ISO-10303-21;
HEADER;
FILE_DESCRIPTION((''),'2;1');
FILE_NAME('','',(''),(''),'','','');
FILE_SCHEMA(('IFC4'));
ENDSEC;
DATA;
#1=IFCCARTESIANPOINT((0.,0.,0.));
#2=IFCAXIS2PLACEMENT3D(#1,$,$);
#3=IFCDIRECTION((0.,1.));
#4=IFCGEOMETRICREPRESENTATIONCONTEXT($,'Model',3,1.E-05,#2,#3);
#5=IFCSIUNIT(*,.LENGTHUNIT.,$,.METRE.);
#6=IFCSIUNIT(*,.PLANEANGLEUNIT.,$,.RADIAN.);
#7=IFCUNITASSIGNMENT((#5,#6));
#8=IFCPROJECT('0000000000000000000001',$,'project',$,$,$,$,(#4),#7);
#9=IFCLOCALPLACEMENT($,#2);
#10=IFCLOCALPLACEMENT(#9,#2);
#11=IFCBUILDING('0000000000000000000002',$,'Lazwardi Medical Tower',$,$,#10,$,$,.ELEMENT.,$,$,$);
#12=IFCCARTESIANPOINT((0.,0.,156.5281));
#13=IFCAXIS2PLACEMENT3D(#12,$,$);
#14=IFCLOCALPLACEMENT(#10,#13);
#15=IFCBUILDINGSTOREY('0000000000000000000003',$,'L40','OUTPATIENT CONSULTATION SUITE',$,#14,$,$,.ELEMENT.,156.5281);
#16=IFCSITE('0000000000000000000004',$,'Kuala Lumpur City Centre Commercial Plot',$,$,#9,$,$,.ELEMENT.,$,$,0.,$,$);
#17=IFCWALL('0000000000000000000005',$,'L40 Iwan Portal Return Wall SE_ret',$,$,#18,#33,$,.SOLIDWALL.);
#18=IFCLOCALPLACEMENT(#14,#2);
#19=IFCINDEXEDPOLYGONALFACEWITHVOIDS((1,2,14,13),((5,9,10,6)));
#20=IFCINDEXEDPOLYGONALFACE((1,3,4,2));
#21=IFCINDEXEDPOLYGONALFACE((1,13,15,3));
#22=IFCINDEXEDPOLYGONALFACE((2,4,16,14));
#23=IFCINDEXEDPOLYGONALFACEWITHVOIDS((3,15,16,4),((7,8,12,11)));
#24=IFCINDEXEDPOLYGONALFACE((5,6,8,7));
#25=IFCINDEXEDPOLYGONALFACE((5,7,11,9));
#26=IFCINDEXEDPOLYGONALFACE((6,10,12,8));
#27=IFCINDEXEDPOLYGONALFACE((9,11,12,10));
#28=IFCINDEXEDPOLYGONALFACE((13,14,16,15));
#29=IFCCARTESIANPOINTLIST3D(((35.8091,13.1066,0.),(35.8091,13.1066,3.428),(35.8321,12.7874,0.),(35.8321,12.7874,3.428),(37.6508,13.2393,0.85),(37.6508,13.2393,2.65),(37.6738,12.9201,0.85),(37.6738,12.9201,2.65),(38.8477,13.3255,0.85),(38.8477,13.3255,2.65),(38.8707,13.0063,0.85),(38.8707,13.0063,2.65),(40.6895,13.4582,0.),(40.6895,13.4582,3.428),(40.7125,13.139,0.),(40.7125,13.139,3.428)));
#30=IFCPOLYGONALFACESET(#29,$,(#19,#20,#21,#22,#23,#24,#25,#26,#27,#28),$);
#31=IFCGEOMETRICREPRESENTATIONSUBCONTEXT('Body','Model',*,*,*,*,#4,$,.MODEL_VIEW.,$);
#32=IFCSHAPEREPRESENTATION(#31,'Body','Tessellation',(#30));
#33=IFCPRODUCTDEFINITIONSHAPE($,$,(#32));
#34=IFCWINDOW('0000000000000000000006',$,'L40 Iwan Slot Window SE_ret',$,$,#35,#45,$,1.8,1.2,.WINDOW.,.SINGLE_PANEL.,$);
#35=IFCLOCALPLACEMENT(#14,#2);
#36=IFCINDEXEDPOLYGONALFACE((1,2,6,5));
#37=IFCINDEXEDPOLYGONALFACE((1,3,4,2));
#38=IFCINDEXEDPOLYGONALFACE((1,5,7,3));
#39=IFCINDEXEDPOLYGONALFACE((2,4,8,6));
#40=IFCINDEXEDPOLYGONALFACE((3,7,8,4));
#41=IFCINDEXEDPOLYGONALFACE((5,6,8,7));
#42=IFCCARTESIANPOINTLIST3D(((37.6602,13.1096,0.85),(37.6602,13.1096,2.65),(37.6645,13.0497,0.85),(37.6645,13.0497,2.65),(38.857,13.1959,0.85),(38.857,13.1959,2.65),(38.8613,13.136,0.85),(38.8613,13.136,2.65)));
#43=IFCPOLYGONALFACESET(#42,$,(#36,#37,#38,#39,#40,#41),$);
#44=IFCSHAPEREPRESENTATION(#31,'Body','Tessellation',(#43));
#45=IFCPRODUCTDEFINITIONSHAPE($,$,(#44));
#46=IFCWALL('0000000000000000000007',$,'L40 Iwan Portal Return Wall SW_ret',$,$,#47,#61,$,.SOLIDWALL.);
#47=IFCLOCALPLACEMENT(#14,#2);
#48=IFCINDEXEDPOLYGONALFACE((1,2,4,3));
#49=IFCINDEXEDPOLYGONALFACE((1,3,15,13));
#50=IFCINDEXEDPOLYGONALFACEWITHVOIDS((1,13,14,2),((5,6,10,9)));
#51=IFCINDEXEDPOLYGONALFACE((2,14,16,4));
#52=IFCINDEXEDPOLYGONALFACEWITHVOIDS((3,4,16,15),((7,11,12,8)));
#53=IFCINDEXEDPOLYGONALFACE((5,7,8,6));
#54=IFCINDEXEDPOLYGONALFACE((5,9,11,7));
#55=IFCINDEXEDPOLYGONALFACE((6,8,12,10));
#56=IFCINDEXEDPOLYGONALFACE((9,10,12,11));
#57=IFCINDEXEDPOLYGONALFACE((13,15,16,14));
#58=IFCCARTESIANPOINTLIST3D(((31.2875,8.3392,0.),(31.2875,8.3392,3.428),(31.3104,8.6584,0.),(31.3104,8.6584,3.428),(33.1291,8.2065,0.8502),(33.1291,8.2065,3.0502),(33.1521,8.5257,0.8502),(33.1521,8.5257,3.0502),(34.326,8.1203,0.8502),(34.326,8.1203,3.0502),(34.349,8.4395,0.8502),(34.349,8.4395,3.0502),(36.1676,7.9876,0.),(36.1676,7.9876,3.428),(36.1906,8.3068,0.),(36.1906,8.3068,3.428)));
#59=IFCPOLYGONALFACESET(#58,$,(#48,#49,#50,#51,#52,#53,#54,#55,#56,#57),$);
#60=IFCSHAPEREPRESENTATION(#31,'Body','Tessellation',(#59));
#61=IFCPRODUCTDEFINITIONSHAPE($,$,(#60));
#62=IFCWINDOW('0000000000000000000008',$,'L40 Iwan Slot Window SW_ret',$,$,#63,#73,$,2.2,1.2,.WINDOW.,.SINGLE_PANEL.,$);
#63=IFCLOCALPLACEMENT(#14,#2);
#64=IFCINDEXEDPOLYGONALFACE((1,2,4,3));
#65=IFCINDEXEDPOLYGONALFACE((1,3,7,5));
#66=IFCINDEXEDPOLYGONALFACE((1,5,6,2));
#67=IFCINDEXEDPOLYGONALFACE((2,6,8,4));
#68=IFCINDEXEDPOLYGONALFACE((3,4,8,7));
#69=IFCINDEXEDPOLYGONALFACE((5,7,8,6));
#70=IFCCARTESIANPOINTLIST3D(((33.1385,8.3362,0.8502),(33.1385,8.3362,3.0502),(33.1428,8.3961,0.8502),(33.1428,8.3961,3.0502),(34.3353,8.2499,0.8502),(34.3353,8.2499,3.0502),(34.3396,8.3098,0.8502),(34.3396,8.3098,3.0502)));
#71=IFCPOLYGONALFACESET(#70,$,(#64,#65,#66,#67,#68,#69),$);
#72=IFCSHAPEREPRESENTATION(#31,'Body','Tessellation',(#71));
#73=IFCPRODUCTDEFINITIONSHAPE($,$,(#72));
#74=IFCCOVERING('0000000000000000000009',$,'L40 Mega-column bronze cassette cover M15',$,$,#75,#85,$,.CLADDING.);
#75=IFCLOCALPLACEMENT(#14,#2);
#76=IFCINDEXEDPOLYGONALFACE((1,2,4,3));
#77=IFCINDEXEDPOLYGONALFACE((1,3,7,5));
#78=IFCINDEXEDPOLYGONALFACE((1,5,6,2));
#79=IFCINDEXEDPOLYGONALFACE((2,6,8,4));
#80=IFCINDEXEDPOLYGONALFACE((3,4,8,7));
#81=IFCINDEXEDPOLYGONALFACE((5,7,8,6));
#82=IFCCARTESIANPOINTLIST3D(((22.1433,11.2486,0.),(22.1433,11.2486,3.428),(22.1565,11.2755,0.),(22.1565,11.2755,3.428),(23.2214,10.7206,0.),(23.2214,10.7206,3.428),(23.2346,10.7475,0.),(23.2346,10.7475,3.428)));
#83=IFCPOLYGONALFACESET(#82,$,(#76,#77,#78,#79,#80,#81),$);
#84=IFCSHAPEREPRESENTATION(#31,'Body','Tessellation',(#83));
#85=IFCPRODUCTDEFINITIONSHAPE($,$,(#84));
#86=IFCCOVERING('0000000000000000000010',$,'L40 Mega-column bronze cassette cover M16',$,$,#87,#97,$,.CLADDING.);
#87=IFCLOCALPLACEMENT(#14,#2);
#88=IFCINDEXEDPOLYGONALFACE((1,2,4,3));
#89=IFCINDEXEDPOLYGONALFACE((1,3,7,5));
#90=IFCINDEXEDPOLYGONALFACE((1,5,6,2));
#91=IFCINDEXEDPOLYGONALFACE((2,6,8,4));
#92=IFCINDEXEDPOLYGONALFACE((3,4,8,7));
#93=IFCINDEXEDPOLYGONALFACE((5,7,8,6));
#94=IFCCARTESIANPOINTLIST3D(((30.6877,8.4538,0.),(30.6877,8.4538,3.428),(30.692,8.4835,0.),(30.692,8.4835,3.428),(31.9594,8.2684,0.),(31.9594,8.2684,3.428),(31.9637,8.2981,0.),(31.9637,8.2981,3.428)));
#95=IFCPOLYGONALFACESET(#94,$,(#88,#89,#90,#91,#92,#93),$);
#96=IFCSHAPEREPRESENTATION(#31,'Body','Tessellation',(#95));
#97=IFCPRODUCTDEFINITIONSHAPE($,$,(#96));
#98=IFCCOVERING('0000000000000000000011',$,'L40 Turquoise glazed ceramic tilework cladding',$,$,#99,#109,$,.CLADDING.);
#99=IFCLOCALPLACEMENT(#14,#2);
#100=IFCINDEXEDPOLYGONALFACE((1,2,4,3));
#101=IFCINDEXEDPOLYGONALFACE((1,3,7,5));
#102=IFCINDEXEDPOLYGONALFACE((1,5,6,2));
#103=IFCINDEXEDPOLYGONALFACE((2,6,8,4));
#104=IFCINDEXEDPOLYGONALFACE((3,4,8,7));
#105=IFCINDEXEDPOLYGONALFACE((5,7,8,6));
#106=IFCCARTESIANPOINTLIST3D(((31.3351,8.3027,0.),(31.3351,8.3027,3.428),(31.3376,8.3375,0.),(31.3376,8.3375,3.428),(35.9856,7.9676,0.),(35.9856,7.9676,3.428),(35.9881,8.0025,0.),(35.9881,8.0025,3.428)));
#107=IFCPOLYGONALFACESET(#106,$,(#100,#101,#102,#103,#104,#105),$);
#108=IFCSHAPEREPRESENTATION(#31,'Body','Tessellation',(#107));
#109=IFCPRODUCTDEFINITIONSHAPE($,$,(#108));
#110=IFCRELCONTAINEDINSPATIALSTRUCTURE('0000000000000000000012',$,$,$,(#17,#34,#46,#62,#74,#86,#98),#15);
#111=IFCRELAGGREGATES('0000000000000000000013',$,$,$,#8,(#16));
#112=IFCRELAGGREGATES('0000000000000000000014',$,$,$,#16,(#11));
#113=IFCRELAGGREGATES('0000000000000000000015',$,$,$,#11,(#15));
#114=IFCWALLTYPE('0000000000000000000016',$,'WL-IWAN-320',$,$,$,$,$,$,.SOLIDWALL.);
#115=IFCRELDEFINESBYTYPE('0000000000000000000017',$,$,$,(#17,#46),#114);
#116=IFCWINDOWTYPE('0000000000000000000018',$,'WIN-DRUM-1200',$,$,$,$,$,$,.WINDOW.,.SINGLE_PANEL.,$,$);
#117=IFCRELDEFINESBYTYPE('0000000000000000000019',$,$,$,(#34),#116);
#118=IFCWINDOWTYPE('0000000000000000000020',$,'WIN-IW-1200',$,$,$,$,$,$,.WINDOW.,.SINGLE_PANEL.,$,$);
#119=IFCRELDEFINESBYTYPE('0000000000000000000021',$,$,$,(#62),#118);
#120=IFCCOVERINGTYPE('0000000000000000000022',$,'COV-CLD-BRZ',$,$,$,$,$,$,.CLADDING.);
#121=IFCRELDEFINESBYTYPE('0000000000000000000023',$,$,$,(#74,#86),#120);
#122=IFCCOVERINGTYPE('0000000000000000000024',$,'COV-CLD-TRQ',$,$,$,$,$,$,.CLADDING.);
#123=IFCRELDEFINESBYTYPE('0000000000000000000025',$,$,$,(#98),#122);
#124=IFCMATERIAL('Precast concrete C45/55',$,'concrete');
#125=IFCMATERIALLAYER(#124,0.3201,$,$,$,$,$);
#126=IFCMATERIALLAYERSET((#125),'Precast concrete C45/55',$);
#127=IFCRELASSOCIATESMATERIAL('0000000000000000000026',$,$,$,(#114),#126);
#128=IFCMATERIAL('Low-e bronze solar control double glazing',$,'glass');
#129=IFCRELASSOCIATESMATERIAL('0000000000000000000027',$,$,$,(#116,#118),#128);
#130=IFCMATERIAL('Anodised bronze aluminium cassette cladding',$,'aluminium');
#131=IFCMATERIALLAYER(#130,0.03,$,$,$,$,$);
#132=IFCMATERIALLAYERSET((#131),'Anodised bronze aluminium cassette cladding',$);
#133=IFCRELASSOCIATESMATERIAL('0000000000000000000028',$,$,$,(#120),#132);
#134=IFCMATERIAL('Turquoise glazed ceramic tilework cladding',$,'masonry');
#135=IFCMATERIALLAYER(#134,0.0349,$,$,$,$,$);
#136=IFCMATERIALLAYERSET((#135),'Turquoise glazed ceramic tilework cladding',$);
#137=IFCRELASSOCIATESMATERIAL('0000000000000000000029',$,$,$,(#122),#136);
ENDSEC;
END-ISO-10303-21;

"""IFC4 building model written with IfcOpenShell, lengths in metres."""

from ifc_helpers import new_model, si_unit, direction, frame, frame_2d, origin, origin_2d, place, context, subcontext, project, spatial, rectangle, extrude, material, layer, layer_set, type_object, element, fill, save


model = new_model("IFC4")

# Units and contexts
model_context = context("Model", 3, precision=1e-05, world=origin(), true_north=direction((0.0, 1.0)))
body_context = subcontext(model_context, "Body", "Model", "MODEL_VIEW")
ifc_project = project(units=[si_unit("LENGTHUNIT", "METRE"), si_unit("PLANEANGLEUNIT", "RADIAN")], contexts=[model_context])

# Site, building, storey
site_placement = place(None, origin())
site = spatial("IfcSite", under=ifc_project, at=site_placement, Name="Kuala Lumpur City Centre Commercial Plot", CompositionType="ELEMENT", RefElevation=0.0)
building_placement = place(site_placement, origin())
building = spatial("IfcBuilding", under=site, at=building_placement, Name="Lazwardi Medical Tower", CompositionType="ELEMENT")
storey_placement = place(building_placement, frame((0.0, 0.0, 156.5281)))
storey = spatial("IfcBuildingStorey", under=building, at=storey_placement, Name="L40", Description="OUTPATIENT CONSULTATION SUITE", CompositionType="ELEMENT", Elevation=156.5281)

# Shared definitions
ifc_material_1 = material(Name="Low-e bronze solar control double glazing", Category="glass")

# Walls, openings, windows
ifc_material_2 = material(Name="Precast concrete C45/55", Category="concrete")
ifc_layer_1 = layer(ifc_material_2, 0.3201)
ifc_layer_set_1 = layer_set([ifc_layer_1], Name="Precast concrete C45/55")
wall_type = type_object("IfcWallType", Name="WL-IWAN-320", PredefinedType="SOLIDWALL", material=ifc_layer_set_1)
wall_1_placement = place(storey_placement, frame((35.8206, 12.947, 0.0), z_axis=(0.0, 0.0, 1.0), x_axis=(0.997415, 0.07185, 0.0)))
wall_1 = element("IfcWall", 1, at=wall_1_placement, inside=storey, type_object=wall_type, Name="L40 Iwan Portal Return Wall SE_ret", PredefinedType="SOLIDWALL", context=body_context, shape_type="SweptSolid", body=[
    extrude(rectangle(XDim=4.8931, YDim=0.3201, at=frame_2d((2.4465, 0.0))), origin(), (0.0, 0.0, 1.0), 3.428),
])
opening_1_placement = place(wall_1_placement, frame((1.8464, 0.0, 0.8501)))
opening_1 = element("IfcOpeningElement", 2, at=opening_1_placement, cuts=wall_1, PredefinedType="OPENING", context=body_context, shape_type="SweptSolid", body=[
    extrude(rectangle(XDim=1.2, YDim=1.8, at=frame_2d((0.6001, 0.8999))), frame((0.0, 0.1699, 0.0), z_axis=(0.0, -1.0, 0.0), x_axis=(1.0, 0.0, 0.0)), (0.0, 0.0, 1.0), 0.3401),
])
window_type_1 = type_object("IfcWindowType", Name="WIN-DRUM-1200", PartitioningType="SINGLE_PANEL", PredefinedType="WINDOW", material=ifc_material_1)
window_1_placement = place(opening_1_placement, origin())
window_1 = element("IfcWindow", 3, at=window_1_placement, inside=storey, type_object=window_type_1, Name="L40 Iwan Slot Window SE_ret", OverallHeight=1.8, OverallWidth=1.2, PartitioningType="SINGLE_PANEL", PredefinedType="WINDOW", context=body_context, shape_type="SweptSolid", body=[
    extrude(rectangle(XDim=1.2, YDim=1.8, at=frame_2d((0.6001, 0.8999))), frame((0.0, 0.03, 0.0), z_axis=(0.0, -1.0, 0.0), x_axis=(1.0, 0.0, 0.0)), (0.0, 0.0, 1.0), 0.0601),
])
fill(opening_1, window_1)
wall_2_placement = place(storey_placement, frame((31.2991, 8.4988, 0.0), z_axis=(0.0, 0.0, 1.0), x_axis=(0.997415, -0.071853, 0.0)))
wall_2 = element("IfcWall", 4, at=wall_2_placement, inside=storey, type_object=wall_type, Name="L40 Iwan Portal Return Wall SW_ret", PredefinedType="SOLIDWALL", context=body_context, shape_type="SweptSolid", body=[
    extrude(rectangle(XDim=4.8928, YDim=0.3201, at=frame_2d((2.4463, 0.0))), origin(), (0.0, 0.0, 1.0), 3.428),
])
opening_2_placement = place(wall_2_placement, frame((1.8462, 0.0, 0.8501)))
opening_2 = element("IfcOpeningElement", 5, at=opening_2_placement, cuts=wall_2, PredefinedType="OPENING", context=body_context, shape_type="SweptSolid", body=[
    extrude(rectangle(XDim=1.2, YDim=2.2, at=frame_2d((0.6001, 1.1001))), frame((0.0, 0.1699, 0.0), z_axis=(0.0, -1.0, 0.0), x_axis=(1.0, 0.0, 0.0)), (0.0, 0.0, 1.0), 0.3401),
])
window_type_2 = type_object("IfcWindowType", Name="WIN-IW-1200", PartitioningType="SINGLE_PANEL", PredefinedType="WINDOW", material=ifc_material_1)
window_2_placement = place(opening_2_placement, origin())
window_2 = element("IfcWindow", 6, at=window_2_placement, inside=storey, type_object=window_type_2, Name="L40 Iwan Slot Window SW_ret", OverallHeight=2.2, OverallWidth=1.2, PartitioningType="SINGLE_PANEL", PredefinedType="WINDOW", context=body_context, shape_type="SweptSolid", body=[
    extrude(rectangle(XDim=1.2, YDim=2.2, at=frame_2d((0.6001, 1.1001))), frame((0.0, 0.03, 0.0), z_axis=(0.0, -1.0, 0.0), x_axis=(1.0, 0.0, 0.0)), (0.0, 0.0, 1.0), 0.0601),
])
fill(opening_2, window_2)

# Coverings
ifc_material_3 = material(Name="Anodised bronze aluminium cassette cladding", Category="aluminium")
ifc_layer_2 = layer(ifc_material_3, 0.03)
ifc_layer_set_2 = layer_set([ifc_layer_2], Name="Anodised bronze aluminium cassette cladding")
covering_type_1 = type_object("IfcCoveringType", Name="COV-CLD-BRZ", PredefinedType="CLADDING", material=ifc_layer_set_2)
covering_1_placement = place(storey_placement, frame((22.689, 10.998, 0.0), z_axis=(0.0, 0.0, 1.0), x_axis=(0.898079, -0.439834, 0.0)))
element("IfcCovering", 7, at=covering_1_placement, inside=storey, type_object=covering_type_1, Name="L40 Mega-column bronze cassette cover M15", PredefinedType="CLADDING", context=body_context, shape_type="SweptSolid", body=[
    extrude(rectangle(XDim=1.2004, YDim=0.03, at=origin_2d()), origin(), (0.0, 0.0, 1.0), 3.428),
])
covering_2_placement = place(storey_placement, frame((31.3257, 8.376, 0.0), z_axis=(0.0, 0.0, 1.0), x_axis=(0.989539, -0.144265, 0.0)))
element("IfcCovering", 8, at=covering_2_placement, inside=storey, type_object=covering_type_1, Name="L40 Mega-column bronze cassette cover M16", PredefinedType="CLADDING", context=body_context, shape_type="SweptSolid", body=[
    extrude(rectangle(XDim=1.2852, YDim=0.03, at=origin_2d()), origin(), (0.0, 0.0, 1.0), 3.428),
])
ifc_material_4 = material(Name="Turquoise glazed ceramic tilework cladding", Category="masonry")
ifc_layer_3 = layer(ifc_material_4, 0.0349)
ifc_layer_set_3 = layer_set([ifc_layer_3], Name="Turquoise glazed ceramic tilework cladding")
covering_type_2 = type_object("IfcCoveringType", Name="COV-CLD-TRQ", PredefinedType="CLADDING", material=ifc_layer_set_3)
covering_3_placement = place(storey_placement, frame((33.6616, 8.1526, 0.0), z_axis=(0.0, 0.0, 1.0), x_axis=(0.997414, -0.071868, 0.0)))
element("IfcCovering", 9, at=covering_3_placement, inside=storey, type_object=covering_type_2, Name="L40 Turquoise glazed ceramic tilework cladding", PredefinedType="CLADDING", context=body_context, shape_type="SweptSolid", body=[
    extrude(rectangle(XDim=4.6626, YDim=0.0349, at=origin_2d()), origin(), (0.0, 0.0, 1.0), 3.428),
])

save(model, "model.ifc")
